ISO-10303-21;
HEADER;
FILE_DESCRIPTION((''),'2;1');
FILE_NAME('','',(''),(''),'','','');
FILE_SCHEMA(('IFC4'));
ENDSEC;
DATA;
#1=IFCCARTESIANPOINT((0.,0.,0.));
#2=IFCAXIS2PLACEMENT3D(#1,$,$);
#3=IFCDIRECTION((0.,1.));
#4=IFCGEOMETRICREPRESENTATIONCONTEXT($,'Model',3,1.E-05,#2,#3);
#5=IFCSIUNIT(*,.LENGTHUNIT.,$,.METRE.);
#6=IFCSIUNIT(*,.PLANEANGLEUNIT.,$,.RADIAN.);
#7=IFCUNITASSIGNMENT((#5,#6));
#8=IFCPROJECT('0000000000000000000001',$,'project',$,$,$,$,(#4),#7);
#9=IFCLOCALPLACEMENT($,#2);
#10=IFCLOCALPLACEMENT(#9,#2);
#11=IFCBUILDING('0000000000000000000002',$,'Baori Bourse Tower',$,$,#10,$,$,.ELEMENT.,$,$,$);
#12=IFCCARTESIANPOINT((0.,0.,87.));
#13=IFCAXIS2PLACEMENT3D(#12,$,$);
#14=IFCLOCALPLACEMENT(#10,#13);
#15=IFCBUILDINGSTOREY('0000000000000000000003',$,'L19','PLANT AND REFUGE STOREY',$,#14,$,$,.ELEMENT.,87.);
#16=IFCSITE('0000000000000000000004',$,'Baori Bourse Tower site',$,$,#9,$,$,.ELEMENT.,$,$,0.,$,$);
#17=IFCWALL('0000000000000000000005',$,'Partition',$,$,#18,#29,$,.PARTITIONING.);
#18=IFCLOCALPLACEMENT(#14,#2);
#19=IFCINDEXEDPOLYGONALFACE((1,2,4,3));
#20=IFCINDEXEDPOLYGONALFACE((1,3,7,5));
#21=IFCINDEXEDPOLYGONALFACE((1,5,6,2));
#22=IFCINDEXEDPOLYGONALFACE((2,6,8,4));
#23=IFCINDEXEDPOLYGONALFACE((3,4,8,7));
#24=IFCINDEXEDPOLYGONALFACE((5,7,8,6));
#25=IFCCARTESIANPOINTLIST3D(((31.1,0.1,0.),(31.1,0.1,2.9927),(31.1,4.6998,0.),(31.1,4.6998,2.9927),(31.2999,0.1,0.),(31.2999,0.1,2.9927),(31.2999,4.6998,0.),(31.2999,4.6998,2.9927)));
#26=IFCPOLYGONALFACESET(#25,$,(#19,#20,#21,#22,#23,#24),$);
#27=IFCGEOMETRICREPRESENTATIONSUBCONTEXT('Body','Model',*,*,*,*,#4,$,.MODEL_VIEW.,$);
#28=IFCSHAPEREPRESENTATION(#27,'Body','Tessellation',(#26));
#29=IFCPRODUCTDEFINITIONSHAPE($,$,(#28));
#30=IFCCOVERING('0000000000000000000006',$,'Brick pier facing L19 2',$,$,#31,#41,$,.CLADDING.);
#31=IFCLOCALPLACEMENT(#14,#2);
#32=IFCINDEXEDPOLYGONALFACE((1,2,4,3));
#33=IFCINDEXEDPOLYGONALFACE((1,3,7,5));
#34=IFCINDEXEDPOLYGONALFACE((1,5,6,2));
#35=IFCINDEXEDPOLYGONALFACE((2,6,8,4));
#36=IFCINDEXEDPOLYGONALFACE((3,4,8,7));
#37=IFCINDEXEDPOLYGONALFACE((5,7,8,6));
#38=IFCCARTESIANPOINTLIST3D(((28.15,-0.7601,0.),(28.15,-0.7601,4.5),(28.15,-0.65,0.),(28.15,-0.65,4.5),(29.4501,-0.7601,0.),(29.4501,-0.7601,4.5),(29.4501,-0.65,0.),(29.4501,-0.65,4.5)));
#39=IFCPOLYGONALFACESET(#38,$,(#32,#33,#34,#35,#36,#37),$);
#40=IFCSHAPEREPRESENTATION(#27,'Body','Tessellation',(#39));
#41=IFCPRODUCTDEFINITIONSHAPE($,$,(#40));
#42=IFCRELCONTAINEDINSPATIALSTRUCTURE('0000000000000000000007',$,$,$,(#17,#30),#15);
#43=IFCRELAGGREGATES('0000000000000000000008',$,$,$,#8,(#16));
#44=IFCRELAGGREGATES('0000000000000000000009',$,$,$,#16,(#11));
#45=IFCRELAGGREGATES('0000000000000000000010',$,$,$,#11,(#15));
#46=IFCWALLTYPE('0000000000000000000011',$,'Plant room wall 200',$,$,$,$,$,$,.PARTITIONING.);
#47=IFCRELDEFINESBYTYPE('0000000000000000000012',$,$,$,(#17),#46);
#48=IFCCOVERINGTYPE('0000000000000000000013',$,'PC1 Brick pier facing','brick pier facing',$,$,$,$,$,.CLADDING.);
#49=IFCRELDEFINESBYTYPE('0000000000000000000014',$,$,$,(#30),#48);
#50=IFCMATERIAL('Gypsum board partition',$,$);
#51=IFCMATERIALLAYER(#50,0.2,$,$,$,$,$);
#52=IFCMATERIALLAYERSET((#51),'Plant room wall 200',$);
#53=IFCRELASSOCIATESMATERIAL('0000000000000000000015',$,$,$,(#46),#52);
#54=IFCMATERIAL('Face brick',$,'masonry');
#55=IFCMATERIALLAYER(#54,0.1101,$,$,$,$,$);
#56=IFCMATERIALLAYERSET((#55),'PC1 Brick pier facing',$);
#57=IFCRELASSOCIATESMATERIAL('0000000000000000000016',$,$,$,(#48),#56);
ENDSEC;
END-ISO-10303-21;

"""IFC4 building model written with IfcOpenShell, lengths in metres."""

from ifc_helpers import new_model, si_unit, direction, frame, frame_2d, origin, origin_2d, place, context, subcontext, project, spatial, rectangle, extrude, material, layer, layer_set, type_object, element, save


model = new_model("IFC4")

# Units and contexts
model_context = context("Model", 3, precision=1e-05, world=origin(), true_north=direction((0.0, 1.0)))
body_context = subcontext(model_context, "Body", "Model", "MODEL_VIEW")
ifc_project = project(units=[si_unit("LENGTHUNIT", "METRE"), si_unit("PLANEANGLEUNIT", "RADIAN")], contexts=[model_context])

# Site, building, storey
site_placement = place(None, origin())
site = spatial("IfcSite", under=ifc_project, at=site_placement, Name="Baori Bourse Tower site", CompositionType="ELEMENT", RefElevation=0.0)
building_placement = place(site_placement, origin())
building = spatial("IfcBuilding", under=site, at=building_placement, Name="Baori Bourse Tower", CompositionType="ELEMENT")
storey_placement = place(building_placement, frame((0.0, 0.0, 87.0)))
storey = spatial("IfcBuildingStorey", under=building, at=storey_placement, Name="L19", Description="PLANT AND REFUGE STOREY", CompositionType="ELEMENT", Elevation=87.0)

# Wall
ifc_material_1 = material(Name="Gypsum board partition")
ifc_layer_1 = layer(ifc_material_1, 0.2)
ifc_layer_set_1 = layer_set([ifc_layer_1], Name="Plant room wall 200")
wall_type = type_object("IfcWallType", Name="Plant room wall 200", PredefinedType="PARTITIONING", material=ifc_layer_set_1)
for number, where, z_axis, x_axis, name in (
    (1, (31.2, 0.1001, 0.0), (0.0, 0.0, 1.0), (0.0, 1.0, 0.0), "Partition"),
):
    element("IfcWall", number, at=place(storey_placement, frame(where, z_axis=z_axis, x_axis=x_axis)), inside=storey, type_object=wall_type, Name=name, PredefinedType="PARTITIONING", context=body_context, shape_type="SweptSolid", body=[
        extrude(rectangle(XDim=4.5999, YDim=0.2, at=frame_2d((2.2998, 0.0))), origin(), (0.0, 0.0, 1.0), 2.9927),
    ])

# Covering
ifc_material_2 = material(Name="Face brick", Category="masonry")
ifc_layer_2 = layer(ifc_material_2, 0.1101)
ifc_layer_set_2 = layer_set([ifc_layer_2], Name="PC1 Brick pier facing")
covering_type = type_object("IfcCoveringType", Name="PC1 Brick pier facing", Description="brick pier facing", PredefinedType="CLADDING", material=ifc_layer_set_2)
covering_placement = place(storey_placement, frame((28.8, -0.7051, 0.0), z_axis=(0.0, 0.0, 1.0), x_axis=(1.0, 0.0, 0.0)))
element("IfcCovering", 2, at=covering_placement, inside=storey, type_object=covering_type, Name="Brick pier facing L19 2", PredefinedType="CLADDING", context=body_context, shape_type="SweptSolid", body=[
    extrude(rectangle(XDim=1.3, YDim=0.1101, at=origin_2d()), origin(), (0.0, 0.0, 1.0), 4.5),
])

save(model, "model.ifc")
